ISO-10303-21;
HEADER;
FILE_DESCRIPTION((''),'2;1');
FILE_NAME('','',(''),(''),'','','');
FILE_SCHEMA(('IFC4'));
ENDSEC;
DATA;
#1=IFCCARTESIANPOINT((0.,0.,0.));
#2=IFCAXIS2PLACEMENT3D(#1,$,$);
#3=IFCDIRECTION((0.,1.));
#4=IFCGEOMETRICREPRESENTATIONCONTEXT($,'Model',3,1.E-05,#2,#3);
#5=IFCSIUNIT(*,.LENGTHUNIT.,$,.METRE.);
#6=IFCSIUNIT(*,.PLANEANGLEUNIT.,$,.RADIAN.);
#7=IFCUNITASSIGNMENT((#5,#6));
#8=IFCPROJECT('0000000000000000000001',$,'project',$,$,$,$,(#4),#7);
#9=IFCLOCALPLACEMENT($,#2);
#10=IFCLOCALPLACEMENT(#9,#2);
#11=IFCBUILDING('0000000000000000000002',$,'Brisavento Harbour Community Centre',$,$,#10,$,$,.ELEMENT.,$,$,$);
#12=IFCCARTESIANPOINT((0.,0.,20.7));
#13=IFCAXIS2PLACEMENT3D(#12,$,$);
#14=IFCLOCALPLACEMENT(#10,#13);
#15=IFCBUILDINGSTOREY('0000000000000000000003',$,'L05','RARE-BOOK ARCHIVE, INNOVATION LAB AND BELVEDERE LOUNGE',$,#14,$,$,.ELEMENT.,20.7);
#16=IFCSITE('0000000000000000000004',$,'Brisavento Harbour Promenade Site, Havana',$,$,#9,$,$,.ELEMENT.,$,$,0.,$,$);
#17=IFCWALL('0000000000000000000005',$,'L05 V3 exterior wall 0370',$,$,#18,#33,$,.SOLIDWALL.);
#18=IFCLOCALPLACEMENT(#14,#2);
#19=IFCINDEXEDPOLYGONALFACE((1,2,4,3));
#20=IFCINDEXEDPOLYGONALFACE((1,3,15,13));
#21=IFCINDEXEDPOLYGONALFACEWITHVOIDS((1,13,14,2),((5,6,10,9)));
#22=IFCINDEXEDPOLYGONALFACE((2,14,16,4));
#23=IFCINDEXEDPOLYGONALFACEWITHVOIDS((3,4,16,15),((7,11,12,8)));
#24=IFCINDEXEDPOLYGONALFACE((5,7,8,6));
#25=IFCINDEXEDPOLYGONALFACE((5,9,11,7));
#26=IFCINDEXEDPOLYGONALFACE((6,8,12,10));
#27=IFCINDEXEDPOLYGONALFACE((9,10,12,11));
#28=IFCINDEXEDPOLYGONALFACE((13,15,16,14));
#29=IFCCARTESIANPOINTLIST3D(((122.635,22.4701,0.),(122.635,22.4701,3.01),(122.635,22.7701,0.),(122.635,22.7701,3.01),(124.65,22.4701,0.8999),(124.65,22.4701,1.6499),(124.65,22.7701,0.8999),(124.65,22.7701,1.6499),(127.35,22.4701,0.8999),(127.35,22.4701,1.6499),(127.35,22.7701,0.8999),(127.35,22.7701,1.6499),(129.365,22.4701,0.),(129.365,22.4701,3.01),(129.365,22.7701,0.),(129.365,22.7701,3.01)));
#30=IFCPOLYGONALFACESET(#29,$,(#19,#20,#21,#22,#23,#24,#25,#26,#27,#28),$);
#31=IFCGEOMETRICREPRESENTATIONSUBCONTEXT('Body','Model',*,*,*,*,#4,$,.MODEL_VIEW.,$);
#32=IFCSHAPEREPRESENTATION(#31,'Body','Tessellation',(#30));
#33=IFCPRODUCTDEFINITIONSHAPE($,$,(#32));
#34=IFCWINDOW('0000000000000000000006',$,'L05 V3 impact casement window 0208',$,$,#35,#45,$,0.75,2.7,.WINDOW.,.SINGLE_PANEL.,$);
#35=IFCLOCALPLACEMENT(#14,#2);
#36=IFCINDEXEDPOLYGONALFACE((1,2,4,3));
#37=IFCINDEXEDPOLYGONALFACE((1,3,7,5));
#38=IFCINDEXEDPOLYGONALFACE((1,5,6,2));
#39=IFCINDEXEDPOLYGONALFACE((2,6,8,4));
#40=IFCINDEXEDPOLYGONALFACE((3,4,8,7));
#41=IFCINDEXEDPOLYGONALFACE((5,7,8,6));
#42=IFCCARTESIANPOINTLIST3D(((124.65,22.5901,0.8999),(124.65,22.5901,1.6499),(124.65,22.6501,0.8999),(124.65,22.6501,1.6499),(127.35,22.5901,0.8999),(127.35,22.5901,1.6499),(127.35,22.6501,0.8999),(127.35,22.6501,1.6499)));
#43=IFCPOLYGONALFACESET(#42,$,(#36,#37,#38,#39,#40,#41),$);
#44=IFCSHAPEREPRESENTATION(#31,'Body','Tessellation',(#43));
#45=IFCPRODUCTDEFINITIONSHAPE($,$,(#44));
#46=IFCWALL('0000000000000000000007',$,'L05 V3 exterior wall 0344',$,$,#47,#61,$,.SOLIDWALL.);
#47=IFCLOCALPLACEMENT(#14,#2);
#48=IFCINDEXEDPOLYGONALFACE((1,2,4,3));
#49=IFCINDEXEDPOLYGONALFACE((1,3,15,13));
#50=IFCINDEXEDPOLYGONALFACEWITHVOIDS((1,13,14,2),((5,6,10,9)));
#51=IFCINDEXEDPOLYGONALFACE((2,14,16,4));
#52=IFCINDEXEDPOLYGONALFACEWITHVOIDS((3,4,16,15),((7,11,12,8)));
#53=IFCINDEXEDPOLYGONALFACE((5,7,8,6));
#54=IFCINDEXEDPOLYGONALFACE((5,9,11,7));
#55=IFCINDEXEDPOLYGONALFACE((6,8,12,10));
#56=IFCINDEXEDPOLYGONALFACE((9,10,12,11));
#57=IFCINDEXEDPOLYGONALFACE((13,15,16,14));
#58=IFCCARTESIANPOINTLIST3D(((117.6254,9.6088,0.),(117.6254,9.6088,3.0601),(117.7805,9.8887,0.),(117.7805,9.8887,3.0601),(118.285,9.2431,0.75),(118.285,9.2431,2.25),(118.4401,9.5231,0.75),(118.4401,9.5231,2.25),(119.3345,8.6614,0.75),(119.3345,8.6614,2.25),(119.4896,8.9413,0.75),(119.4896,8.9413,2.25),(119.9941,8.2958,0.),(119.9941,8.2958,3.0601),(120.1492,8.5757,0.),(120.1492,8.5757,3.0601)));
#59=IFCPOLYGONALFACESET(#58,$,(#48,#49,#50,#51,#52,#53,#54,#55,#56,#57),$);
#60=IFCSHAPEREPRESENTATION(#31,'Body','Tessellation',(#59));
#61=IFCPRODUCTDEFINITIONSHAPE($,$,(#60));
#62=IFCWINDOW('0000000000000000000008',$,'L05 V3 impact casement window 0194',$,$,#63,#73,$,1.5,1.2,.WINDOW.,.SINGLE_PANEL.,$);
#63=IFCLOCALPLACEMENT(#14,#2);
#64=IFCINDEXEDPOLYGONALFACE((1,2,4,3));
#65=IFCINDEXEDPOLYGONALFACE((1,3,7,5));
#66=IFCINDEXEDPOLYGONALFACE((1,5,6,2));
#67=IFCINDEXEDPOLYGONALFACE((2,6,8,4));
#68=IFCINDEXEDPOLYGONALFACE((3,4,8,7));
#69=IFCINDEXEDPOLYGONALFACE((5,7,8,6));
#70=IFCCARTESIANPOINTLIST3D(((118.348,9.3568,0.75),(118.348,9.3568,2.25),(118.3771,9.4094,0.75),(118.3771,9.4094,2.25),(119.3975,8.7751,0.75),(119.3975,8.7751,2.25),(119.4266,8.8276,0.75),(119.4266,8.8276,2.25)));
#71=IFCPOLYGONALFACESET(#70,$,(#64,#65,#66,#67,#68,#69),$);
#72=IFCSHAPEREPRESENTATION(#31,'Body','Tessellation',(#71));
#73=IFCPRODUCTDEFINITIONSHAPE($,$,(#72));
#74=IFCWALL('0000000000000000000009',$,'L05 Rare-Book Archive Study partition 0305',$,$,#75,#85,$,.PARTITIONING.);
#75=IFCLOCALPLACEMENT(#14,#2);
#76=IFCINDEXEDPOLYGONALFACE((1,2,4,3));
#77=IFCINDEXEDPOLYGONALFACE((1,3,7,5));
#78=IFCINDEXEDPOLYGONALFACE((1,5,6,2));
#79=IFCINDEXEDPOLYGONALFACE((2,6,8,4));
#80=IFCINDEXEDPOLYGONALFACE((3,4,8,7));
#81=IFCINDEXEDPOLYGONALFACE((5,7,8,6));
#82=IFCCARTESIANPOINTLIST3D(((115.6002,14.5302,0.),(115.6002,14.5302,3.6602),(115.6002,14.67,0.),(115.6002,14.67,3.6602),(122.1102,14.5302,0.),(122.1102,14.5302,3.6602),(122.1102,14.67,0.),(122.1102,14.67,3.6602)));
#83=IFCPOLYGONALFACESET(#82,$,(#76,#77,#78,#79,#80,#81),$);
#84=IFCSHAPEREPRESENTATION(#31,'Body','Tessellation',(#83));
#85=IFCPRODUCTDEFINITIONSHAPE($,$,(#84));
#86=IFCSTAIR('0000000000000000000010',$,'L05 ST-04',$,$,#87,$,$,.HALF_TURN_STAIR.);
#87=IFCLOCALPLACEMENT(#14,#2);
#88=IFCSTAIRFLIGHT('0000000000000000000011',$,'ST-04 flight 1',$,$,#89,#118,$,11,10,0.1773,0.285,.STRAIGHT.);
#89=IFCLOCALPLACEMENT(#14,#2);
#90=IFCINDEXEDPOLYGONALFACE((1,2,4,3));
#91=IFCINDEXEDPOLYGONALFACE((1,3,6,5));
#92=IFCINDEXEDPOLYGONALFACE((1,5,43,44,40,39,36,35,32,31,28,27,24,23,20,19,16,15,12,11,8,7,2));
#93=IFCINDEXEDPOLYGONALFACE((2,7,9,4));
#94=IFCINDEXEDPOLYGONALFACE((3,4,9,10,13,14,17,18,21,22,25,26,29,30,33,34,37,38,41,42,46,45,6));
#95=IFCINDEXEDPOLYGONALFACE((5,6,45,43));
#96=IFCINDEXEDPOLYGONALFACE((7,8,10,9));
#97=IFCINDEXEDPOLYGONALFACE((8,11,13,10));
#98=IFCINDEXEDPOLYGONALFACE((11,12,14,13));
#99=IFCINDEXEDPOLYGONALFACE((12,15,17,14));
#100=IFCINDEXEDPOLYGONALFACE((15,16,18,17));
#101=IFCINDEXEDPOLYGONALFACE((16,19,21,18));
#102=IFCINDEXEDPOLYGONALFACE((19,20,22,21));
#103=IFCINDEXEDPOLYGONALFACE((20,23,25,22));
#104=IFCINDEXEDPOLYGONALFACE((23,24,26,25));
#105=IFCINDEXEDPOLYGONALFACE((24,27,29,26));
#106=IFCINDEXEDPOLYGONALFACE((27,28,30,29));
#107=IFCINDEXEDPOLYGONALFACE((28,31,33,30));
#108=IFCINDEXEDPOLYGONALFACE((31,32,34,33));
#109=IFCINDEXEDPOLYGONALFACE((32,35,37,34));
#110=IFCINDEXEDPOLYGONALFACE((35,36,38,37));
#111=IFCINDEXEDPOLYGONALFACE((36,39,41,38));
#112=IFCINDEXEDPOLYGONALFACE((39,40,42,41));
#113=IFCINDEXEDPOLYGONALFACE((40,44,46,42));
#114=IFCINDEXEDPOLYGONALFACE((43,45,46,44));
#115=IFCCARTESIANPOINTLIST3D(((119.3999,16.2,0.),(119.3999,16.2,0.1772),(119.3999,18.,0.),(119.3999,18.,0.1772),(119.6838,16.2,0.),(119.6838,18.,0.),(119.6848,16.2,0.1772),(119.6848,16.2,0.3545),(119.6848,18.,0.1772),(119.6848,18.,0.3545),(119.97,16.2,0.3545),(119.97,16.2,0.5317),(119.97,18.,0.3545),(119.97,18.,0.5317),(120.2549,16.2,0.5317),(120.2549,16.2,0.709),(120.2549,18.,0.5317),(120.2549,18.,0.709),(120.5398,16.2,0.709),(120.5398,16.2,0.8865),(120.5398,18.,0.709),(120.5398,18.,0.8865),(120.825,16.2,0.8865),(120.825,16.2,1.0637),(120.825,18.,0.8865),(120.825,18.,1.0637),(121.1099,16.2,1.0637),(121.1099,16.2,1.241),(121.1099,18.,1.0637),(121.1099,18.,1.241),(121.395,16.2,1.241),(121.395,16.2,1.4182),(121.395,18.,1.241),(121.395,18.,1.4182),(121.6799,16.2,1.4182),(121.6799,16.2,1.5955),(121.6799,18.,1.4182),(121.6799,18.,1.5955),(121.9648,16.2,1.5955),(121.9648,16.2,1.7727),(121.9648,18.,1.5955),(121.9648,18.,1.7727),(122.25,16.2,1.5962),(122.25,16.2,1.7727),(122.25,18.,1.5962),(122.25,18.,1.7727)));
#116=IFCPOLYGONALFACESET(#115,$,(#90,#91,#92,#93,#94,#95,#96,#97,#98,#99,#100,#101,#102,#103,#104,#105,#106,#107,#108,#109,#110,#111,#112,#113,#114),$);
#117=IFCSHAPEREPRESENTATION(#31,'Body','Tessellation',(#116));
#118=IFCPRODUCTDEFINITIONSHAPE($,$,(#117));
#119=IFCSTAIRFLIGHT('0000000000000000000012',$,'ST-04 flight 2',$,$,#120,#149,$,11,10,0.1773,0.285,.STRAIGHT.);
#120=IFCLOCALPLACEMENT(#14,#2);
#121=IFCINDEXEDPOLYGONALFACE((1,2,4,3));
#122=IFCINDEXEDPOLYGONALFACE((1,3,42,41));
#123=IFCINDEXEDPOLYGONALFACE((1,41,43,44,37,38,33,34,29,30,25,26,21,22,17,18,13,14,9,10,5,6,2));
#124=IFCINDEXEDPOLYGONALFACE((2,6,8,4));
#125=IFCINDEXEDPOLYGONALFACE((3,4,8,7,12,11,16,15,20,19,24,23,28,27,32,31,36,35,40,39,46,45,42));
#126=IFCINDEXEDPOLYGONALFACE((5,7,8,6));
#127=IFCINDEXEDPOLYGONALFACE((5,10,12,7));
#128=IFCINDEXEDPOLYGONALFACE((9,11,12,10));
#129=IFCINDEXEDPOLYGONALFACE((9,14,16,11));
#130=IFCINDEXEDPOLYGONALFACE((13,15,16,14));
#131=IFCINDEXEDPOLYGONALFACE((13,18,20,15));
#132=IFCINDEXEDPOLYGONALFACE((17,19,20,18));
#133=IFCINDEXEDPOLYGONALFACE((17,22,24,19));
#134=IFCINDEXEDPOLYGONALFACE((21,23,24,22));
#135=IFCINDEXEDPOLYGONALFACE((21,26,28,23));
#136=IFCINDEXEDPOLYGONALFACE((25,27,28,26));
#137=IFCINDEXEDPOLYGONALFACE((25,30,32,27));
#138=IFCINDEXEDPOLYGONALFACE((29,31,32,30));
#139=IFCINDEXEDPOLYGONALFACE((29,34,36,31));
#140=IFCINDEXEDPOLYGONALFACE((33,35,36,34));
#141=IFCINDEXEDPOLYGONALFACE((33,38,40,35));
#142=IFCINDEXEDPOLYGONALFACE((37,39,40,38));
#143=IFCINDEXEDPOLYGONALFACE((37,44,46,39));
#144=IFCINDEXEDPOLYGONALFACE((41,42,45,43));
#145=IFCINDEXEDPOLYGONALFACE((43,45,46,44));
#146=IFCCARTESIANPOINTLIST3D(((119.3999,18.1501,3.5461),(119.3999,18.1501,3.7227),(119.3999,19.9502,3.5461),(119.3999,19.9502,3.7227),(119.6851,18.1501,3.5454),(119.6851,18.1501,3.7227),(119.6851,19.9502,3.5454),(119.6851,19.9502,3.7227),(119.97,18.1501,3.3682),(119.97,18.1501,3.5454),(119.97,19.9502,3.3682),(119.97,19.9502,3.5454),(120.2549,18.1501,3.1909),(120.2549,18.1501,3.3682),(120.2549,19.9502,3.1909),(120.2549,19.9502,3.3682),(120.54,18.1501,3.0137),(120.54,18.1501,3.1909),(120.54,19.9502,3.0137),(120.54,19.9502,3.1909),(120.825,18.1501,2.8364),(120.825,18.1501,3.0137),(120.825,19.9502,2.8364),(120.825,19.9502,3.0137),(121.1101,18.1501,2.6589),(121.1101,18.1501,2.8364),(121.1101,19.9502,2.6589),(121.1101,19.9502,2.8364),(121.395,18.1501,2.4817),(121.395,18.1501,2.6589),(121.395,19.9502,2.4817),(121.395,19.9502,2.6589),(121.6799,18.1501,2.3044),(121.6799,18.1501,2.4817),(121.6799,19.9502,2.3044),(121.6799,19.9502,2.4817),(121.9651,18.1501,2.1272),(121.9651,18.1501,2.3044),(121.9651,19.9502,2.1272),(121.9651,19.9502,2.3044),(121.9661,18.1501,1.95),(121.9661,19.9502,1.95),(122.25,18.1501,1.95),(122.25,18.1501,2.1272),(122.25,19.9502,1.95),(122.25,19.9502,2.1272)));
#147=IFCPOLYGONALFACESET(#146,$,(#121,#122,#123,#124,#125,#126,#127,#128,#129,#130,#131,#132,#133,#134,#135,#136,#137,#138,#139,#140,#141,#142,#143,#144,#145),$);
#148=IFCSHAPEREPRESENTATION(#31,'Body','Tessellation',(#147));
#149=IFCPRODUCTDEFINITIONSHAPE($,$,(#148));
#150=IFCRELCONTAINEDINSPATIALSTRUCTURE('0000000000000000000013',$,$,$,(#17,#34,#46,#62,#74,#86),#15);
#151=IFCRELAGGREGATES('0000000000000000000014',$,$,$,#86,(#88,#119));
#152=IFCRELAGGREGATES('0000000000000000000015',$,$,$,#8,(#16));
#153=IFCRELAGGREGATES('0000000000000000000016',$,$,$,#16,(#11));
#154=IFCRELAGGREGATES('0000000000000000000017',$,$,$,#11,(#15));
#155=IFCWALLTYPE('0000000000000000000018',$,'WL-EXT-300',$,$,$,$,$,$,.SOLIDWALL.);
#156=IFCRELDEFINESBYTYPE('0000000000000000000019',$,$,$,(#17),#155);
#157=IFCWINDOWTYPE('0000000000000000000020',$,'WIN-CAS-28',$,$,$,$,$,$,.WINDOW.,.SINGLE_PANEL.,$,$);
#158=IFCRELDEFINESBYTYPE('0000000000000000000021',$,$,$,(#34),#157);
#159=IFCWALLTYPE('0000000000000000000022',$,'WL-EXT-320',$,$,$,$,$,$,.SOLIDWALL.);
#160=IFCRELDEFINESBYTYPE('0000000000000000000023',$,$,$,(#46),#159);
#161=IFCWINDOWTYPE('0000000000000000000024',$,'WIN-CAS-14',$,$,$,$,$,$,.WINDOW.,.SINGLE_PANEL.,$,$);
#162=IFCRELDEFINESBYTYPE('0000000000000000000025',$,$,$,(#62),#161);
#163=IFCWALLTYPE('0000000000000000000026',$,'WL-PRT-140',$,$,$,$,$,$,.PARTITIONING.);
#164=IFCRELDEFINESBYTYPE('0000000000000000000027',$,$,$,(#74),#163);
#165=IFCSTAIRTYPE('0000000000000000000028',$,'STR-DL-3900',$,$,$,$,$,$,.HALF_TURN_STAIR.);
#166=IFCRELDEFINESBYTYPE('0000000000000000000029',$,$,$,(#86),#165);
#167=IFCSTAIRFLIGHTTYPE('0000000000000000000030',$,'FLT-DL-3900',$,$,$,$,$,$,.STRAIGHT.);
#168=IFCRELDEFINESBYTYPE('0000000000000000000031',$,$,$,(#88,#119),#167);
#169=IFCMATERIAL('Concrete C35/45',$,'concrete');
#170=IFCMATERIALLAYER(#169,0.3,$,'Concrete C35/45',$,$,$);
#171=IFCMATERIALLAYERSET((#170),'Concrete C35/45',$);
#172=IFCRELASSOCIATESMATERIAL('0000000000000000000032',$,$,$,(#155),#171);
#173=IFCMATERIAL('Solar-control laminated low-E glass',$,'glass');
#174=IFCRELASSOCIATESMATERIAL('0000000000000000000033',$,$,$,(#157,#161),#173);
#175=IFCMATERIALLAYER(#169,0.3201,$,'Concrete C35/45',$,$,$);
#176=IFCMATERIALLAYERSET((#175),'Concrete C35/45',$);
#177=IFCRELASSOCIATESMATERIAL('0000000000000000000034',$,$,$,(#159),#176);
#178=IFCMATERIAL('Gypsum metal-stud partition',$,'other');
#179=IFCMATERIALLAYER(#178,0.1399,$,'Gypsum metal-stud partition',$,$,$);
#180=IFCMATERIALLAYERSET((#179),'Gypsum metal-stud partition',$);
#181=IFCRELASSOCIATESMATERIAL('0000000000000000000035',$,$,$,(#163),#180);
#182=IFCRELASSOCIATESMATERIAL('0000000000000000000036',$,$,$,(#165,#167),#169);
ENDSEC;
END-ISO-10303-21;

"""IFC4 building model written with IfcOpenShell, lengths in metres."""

from ifc_helpers import new_model, si_unit, direction, frame, frame_2d, origin, place, context, subcontext, project, spatial, polyline, rectangle, outline, extrude, material, layer, layer_set, type_object, element, fill, aggregate, save


model = new_model("IFC4")

# Units and contexts
model_context = context("Model", 3, precision=1e-05, world=origin(), true_north=direction((0.0, 1.0)))
body_context = subcontext(model_context, "Body", "Model", "MODEL_VIEW")
ifc_project = project(units=[si_unit("LENGTHUNIT", "METRE"), si_unit("PLANEANGLEUNIT", "RADIAN")], contexts=[model_context])

# Site, building, storey
site_placement = place(None, origin())
site = spatial("IfcSite", under=ifc_project, at=site_placement, Name="Brisavento Harbour Promenade Site, Havana", CompositionType="ELEMENT", RefElevation=0.0)
building_placement = place(site_placement, origin())
building = spatial("IfcBuilding", under=site, at=building_placement, Name="Brisavento Harbour Community Centre", CompositionType="ELEMENT")
storey_placement = place(building_placement, frame((0.0, 0.0, 20.7)))
storey = spatial("IfcBuildingStorey", under=building, at=storey_placement, Name="L05", Description="RARE-BOOK ARCHIVE, INNOVATION LAB AND BELVEDERE LOUNGE", CompositionType="ELEMENT", Elevation=20.7)

# Shared definitions
ifc_material_1 = material(Name="Concrete C35/45", Category="concrete")

# Shared definitions
ifc_layer_1 = layer(ifc_material_1, 0.3, Name="Concrete C35/45")
ifc_layer_set_1 = layer_set([ifc_layer_1], Name="Concrete C35/45")
wall_type_1 = type_object("IfcWallType", Name="WL-EXT-300", PredefinedType="SOLIDWALL", material=ifc_layer_set_1)

# Walls, openings, windows
wall_1_placement = place(storey_placement, frame((122.635, 22.6201, 0.0), z_axis=(0.0, 0.0, 1.0), x_axis=(1.0, 0.0, 0.0)))
wall_1 = element("IfcWall", 1, at=wall_1_placement, inside=storey, type_object=wall_type_1, Name="L05 V3 exterior wall 0370", PredefinedType="SOLIDWALL", context=body_context, shape_type="SweptSolid", body=[
    extrude(rectangle(XDim=6.73, YDim=0.3, at=frame_2d((3.365, 0.0))), origin(), (0.0, 0.0, 1.0), 3.01),
])
opening_1_placement = place(wall_1_placement, frame((2.0149, 0.0, 0.8999)))
opening_1 = element("IfcOpeningElement", 2, at=opening_1_placement, cuts=wall_1, PredefinedType="OPENING", context=body_context, shape_type="SweptSolid", body=[
    extrude(rectangle(XDim=2.7, YDim=0.75, at=frame_2d((1.3501, 0.375))), frame((0.0, 0.1602, 0.0), z_axis=(0.0, -1.0, 0.0), x_axis=(1.0, 0.0, 0.0)), (0.0, 0.0, 1.0), 0.3201),
])
ifc_material_2 = material(Name="Solar-control laminated low-E glass", Category="glass")
window_type_1 = type_object("IfcWindowType", Name="WIN-CAS-28", PartitioningType="SINGLE_PANEL", PredefinedType="WINDOW", material=ifc_material_2)
window_1_placement = place(opening_1_placement, origin())
window_1 = element("IfcWindow", 3, at=window_1_placement, inside=storey, type_object=window_type_1, Name="L05 V3 impact casement window 0208", OverallHeight=0.75, OverallWidth=2.7, PartitioningType="SINGLE_PANEL", PredefinedType="WINDOW", context=body_context, shape_type="SweptSolid", body=[
    extrude(rectangle(XDim=2.7, YDim=0.75, at=frame_2d((1.3501, 0.375))), frame((0.0, 0.03, 0.0), z_axis=(0.0, -1.0, 0.0), x_axis=(1.0, 0.0, 0.0)), (0.0, 0.0, 1.0), 0.0601),
])
fill(opening_1, window_1)
ifc_layer_2 = layer(ifc_material_1, 0.3201, Name="Concrete C35/45")
ifc_layer_set_2 = layer_set([ifc_layer_2], Name="Concrete C35/45")
wall_type_2 = type_object("IfcWallType", Name="WL-EXT-320", PredefinedType="SOLIDWALL", material=ifc_layer_set_2)
wall_2_placement = place(storey_placement, frame((120.0715, 8.4358, 0.0), z_axis=(0.0, 0.0, 1.0), x_axis=(-0.874616, 0.484816, 0.0)))
wall_2 = element("IfcWall", 4, at=wall_2_placement, inside=storey, type_object=wall_type_2, Name="L05 V3 exterior wall 0344", PredefinedType="SOLIDWALL", context=body_context, shape_type="SweptSolid", body=[
    extrude(rectangle(XDim=2.7083, YDim=0.3201, at=frame_2d((1.354, 0.0))), origin(), (0.0, 0.0, 1.0), 3.0601),
])
opening_2_placement = place(wall_2_placement, frame((0.7539, 0.0, 0.75)))
opening_2 = element("IfcOpeningElement", 5, at=opening_2_placement, cuts=wall_2, PredefinedType="OPENING", context=body_context, shape_type="SweptSolid", body=[
    extrude(rectangle(XDim=1.2, YDim=1.5, at=frame_2d((0.6001, 0.75))), frame((0.0, 0.1699, 0.0), z_axis=(0.0, -1.0, 0.0), x_axis=(1.0, 0.0, 0.0)), (0.0, 0.0, 1.0), 0.3401),
])
window_type_2 = type_object("IfcWindowType", Name="WIN-CAS-14", PartitioningType="SINGLE_PANEL", PredefinedType="WINDOW", material=ifc_material_2)
window_2_placement = place(opening_2_placement, origin())
window_2 = element("IfcWindow", 6, at=window_2_placement, inside=storey, type_object=window_type_2, Name="L05 V3 impact casement window 0194", OverallHeight=1.5, OverallWidth=1.2, PartitioningType="SINGLE_PANEL", PredefinedType="WINDOW", context=body_context, shape_type="SweptSolid", body=[
    extrude(rectangle(XDim=1.2, YDim=1.5, at=frame_2d((0.6001, 0.75))), frame((0.0, 0.03, 0.0), z_axis=(0.0, -1.0, 0.0), x_axis=(1.0, 0.0, 0.0)), (0.0, 0.0, 1.0), 0.0601),
])
fill(opening_2, window_2)

# Wall
ifc_material_3 = material(Name="Gypsum metal-stud partition", Category="other")
ifc_layer_3 = layer(ifc_material_3, 0.1399, Name="Gypsum metal-stud partition")
ifc_layer_set_3 = layer_set([ifc_layer_3], Name="Gypsum metal-stud partition")
wall_type_3 = type_object("IfcWallType", Name="WL-PRT-140", PredefinedType="PARTITIONING", material=ifc_layer_set_3)
wall_3_placement = place(storey_placement, frame((122.1101, 14.6001, 0.0), z_axis=(0.0, 0.0, 1.0), x_axis=(-1.0, 0.0, 0.0)))
element("IfcWall", 7, at=wall_3_placement, inside=storey, type_object=wall_type_3, Name="L05 Rare-Book Archive Study partition 0305", PredefinedType="PARTITIONING", context=body_context, shape_type="SweptSolid", body=[
    extrude(rectangle(XDim=6.51, YDim=0.1399, at=frame_2d((3.2549, 0.0))), origin(), (0.0, 0.0, 1.0), 3.6602),
])

# Stair, stair flights
stair_type = type_object("IfcStairType", Name="STR-DL-3900", PredefinedType="HALF_TURN_STAIR", material=ifc_material_1)
stair_placement = place(storey_placement, origin())
stair = element("IfcStair", 8, at=stair_placement, inside=storey, type_object=stair_type, Name="L05 ST-04", PredefinedType="HALF_TURN_STAIR")
stair_flight_type = type_object("IfcStairFlightType", Name="FLT-DL-3900", PredefinedType="STRAIGHT", material=ifc_material_1)
stair_flight_1_placement = place(storey_placement, frame((119.3999, 17.1001, 0.0), z_axis=(0.0, 0.0, 1.0), x_axis=(1.0, 0.0, 0.0)))
stair_flight_1 = element("IfcStairFlight", 9, at=stair_flight_1_placement, type_object=stair_flight_type, Name="ST-04 flight 1", NumberOfRisers=11, NumberOfTreads=10, PredefinedType="STRAIGHT", RiserHeight=0.1773, TreadLength=0.285, context=body_context, shape_type="SweptSolid", body=[
    extrude(outline(polyline([(0.0, 0.0), (0.0, 0.1772), (0.2849, 0.1772), (0.2849, 0.3545), (0.5701, 0.3545), (0.5701, 0.5317), (0.855, 0.5317), (0.855, 0.709), (1.1399, 0.709), (1.1399, 0.8865), (1.425, 0.8865), (1.425, 1.0637), (1.71, 1.0637), (1.71, 1.241), (1.9951, 1.241), (1.9951, 1.4182), (2.28, 1.4182), (2.28, 1.5955), (2.5649, 1.5955), (2.5649, 1.7727), (2.8501, 1.7727), (2.8501, 1.95), (2.8501, 1.5962), (0.2839, 0.0), (0.0, 0.0)])), frame((0.0, 0.8999, 0.0), z_axis=(0.0, -1.0, 0.0), x_axis=(1.0, 0.0, 0.0)), (0.0, 0.0, 1.0), 1.8),
])
stair_flight_2_placement = place(storey_placement, frame((122.25, 19.05, 1.95), z_axis=(0.0, 0.0, 1.0), x_axis=(-1.0, 0.0, 0.0)))
stair_flight_2 = element("IfcStairFlight", 10, at=stair_flight_2_placement, type_object=stair_flight_type, Name="ST-04 flight 2", NumberOfRisers=11, NumberOfTreads=10, PredefinedType="STRAIGHT", RiserHeight=0.1773, TreadLength=0.285, context=body_context, shape_type="SweptSolid", body=[
    extrude(outline(polyline([(0.0, 0.0), (0.0, 0.1772), (0.2849, 0.1772), (0.2849, 0.3545), (0.5701, 0.3545), (0.5701, 0.5317), (0.855, 0.5317), (0.855, 0.709), (1.1399, 0.709), (1.1399, 0.8865), (1.425, 0.8865), (1.425, 1.0637), (1.71, 1.0637), (1.71, 1.241), (1.9951, 1.241), (1.9951, 1.4182), (2.28, 1.4182), (2.28, 1.5955), (2.5649, 1.5955), (2.5649, 1.7727), (2.8501, 1.7727), (2.8501, 1.95), (2.8501, 1.5962), (0.2839, 0.0), (0.0, 0.0)])), frame((0.0, 0.8999, 0.0), z_axis=(0.0, -1.0, 0.0), x_axis=(1.0, 0.0, 0.0)), (0.0, 0.0, 1.0), 1.8),
])
aggregate(stair, [stair_flight_1, stair_flight_2])

save(model, "model.ifc")
